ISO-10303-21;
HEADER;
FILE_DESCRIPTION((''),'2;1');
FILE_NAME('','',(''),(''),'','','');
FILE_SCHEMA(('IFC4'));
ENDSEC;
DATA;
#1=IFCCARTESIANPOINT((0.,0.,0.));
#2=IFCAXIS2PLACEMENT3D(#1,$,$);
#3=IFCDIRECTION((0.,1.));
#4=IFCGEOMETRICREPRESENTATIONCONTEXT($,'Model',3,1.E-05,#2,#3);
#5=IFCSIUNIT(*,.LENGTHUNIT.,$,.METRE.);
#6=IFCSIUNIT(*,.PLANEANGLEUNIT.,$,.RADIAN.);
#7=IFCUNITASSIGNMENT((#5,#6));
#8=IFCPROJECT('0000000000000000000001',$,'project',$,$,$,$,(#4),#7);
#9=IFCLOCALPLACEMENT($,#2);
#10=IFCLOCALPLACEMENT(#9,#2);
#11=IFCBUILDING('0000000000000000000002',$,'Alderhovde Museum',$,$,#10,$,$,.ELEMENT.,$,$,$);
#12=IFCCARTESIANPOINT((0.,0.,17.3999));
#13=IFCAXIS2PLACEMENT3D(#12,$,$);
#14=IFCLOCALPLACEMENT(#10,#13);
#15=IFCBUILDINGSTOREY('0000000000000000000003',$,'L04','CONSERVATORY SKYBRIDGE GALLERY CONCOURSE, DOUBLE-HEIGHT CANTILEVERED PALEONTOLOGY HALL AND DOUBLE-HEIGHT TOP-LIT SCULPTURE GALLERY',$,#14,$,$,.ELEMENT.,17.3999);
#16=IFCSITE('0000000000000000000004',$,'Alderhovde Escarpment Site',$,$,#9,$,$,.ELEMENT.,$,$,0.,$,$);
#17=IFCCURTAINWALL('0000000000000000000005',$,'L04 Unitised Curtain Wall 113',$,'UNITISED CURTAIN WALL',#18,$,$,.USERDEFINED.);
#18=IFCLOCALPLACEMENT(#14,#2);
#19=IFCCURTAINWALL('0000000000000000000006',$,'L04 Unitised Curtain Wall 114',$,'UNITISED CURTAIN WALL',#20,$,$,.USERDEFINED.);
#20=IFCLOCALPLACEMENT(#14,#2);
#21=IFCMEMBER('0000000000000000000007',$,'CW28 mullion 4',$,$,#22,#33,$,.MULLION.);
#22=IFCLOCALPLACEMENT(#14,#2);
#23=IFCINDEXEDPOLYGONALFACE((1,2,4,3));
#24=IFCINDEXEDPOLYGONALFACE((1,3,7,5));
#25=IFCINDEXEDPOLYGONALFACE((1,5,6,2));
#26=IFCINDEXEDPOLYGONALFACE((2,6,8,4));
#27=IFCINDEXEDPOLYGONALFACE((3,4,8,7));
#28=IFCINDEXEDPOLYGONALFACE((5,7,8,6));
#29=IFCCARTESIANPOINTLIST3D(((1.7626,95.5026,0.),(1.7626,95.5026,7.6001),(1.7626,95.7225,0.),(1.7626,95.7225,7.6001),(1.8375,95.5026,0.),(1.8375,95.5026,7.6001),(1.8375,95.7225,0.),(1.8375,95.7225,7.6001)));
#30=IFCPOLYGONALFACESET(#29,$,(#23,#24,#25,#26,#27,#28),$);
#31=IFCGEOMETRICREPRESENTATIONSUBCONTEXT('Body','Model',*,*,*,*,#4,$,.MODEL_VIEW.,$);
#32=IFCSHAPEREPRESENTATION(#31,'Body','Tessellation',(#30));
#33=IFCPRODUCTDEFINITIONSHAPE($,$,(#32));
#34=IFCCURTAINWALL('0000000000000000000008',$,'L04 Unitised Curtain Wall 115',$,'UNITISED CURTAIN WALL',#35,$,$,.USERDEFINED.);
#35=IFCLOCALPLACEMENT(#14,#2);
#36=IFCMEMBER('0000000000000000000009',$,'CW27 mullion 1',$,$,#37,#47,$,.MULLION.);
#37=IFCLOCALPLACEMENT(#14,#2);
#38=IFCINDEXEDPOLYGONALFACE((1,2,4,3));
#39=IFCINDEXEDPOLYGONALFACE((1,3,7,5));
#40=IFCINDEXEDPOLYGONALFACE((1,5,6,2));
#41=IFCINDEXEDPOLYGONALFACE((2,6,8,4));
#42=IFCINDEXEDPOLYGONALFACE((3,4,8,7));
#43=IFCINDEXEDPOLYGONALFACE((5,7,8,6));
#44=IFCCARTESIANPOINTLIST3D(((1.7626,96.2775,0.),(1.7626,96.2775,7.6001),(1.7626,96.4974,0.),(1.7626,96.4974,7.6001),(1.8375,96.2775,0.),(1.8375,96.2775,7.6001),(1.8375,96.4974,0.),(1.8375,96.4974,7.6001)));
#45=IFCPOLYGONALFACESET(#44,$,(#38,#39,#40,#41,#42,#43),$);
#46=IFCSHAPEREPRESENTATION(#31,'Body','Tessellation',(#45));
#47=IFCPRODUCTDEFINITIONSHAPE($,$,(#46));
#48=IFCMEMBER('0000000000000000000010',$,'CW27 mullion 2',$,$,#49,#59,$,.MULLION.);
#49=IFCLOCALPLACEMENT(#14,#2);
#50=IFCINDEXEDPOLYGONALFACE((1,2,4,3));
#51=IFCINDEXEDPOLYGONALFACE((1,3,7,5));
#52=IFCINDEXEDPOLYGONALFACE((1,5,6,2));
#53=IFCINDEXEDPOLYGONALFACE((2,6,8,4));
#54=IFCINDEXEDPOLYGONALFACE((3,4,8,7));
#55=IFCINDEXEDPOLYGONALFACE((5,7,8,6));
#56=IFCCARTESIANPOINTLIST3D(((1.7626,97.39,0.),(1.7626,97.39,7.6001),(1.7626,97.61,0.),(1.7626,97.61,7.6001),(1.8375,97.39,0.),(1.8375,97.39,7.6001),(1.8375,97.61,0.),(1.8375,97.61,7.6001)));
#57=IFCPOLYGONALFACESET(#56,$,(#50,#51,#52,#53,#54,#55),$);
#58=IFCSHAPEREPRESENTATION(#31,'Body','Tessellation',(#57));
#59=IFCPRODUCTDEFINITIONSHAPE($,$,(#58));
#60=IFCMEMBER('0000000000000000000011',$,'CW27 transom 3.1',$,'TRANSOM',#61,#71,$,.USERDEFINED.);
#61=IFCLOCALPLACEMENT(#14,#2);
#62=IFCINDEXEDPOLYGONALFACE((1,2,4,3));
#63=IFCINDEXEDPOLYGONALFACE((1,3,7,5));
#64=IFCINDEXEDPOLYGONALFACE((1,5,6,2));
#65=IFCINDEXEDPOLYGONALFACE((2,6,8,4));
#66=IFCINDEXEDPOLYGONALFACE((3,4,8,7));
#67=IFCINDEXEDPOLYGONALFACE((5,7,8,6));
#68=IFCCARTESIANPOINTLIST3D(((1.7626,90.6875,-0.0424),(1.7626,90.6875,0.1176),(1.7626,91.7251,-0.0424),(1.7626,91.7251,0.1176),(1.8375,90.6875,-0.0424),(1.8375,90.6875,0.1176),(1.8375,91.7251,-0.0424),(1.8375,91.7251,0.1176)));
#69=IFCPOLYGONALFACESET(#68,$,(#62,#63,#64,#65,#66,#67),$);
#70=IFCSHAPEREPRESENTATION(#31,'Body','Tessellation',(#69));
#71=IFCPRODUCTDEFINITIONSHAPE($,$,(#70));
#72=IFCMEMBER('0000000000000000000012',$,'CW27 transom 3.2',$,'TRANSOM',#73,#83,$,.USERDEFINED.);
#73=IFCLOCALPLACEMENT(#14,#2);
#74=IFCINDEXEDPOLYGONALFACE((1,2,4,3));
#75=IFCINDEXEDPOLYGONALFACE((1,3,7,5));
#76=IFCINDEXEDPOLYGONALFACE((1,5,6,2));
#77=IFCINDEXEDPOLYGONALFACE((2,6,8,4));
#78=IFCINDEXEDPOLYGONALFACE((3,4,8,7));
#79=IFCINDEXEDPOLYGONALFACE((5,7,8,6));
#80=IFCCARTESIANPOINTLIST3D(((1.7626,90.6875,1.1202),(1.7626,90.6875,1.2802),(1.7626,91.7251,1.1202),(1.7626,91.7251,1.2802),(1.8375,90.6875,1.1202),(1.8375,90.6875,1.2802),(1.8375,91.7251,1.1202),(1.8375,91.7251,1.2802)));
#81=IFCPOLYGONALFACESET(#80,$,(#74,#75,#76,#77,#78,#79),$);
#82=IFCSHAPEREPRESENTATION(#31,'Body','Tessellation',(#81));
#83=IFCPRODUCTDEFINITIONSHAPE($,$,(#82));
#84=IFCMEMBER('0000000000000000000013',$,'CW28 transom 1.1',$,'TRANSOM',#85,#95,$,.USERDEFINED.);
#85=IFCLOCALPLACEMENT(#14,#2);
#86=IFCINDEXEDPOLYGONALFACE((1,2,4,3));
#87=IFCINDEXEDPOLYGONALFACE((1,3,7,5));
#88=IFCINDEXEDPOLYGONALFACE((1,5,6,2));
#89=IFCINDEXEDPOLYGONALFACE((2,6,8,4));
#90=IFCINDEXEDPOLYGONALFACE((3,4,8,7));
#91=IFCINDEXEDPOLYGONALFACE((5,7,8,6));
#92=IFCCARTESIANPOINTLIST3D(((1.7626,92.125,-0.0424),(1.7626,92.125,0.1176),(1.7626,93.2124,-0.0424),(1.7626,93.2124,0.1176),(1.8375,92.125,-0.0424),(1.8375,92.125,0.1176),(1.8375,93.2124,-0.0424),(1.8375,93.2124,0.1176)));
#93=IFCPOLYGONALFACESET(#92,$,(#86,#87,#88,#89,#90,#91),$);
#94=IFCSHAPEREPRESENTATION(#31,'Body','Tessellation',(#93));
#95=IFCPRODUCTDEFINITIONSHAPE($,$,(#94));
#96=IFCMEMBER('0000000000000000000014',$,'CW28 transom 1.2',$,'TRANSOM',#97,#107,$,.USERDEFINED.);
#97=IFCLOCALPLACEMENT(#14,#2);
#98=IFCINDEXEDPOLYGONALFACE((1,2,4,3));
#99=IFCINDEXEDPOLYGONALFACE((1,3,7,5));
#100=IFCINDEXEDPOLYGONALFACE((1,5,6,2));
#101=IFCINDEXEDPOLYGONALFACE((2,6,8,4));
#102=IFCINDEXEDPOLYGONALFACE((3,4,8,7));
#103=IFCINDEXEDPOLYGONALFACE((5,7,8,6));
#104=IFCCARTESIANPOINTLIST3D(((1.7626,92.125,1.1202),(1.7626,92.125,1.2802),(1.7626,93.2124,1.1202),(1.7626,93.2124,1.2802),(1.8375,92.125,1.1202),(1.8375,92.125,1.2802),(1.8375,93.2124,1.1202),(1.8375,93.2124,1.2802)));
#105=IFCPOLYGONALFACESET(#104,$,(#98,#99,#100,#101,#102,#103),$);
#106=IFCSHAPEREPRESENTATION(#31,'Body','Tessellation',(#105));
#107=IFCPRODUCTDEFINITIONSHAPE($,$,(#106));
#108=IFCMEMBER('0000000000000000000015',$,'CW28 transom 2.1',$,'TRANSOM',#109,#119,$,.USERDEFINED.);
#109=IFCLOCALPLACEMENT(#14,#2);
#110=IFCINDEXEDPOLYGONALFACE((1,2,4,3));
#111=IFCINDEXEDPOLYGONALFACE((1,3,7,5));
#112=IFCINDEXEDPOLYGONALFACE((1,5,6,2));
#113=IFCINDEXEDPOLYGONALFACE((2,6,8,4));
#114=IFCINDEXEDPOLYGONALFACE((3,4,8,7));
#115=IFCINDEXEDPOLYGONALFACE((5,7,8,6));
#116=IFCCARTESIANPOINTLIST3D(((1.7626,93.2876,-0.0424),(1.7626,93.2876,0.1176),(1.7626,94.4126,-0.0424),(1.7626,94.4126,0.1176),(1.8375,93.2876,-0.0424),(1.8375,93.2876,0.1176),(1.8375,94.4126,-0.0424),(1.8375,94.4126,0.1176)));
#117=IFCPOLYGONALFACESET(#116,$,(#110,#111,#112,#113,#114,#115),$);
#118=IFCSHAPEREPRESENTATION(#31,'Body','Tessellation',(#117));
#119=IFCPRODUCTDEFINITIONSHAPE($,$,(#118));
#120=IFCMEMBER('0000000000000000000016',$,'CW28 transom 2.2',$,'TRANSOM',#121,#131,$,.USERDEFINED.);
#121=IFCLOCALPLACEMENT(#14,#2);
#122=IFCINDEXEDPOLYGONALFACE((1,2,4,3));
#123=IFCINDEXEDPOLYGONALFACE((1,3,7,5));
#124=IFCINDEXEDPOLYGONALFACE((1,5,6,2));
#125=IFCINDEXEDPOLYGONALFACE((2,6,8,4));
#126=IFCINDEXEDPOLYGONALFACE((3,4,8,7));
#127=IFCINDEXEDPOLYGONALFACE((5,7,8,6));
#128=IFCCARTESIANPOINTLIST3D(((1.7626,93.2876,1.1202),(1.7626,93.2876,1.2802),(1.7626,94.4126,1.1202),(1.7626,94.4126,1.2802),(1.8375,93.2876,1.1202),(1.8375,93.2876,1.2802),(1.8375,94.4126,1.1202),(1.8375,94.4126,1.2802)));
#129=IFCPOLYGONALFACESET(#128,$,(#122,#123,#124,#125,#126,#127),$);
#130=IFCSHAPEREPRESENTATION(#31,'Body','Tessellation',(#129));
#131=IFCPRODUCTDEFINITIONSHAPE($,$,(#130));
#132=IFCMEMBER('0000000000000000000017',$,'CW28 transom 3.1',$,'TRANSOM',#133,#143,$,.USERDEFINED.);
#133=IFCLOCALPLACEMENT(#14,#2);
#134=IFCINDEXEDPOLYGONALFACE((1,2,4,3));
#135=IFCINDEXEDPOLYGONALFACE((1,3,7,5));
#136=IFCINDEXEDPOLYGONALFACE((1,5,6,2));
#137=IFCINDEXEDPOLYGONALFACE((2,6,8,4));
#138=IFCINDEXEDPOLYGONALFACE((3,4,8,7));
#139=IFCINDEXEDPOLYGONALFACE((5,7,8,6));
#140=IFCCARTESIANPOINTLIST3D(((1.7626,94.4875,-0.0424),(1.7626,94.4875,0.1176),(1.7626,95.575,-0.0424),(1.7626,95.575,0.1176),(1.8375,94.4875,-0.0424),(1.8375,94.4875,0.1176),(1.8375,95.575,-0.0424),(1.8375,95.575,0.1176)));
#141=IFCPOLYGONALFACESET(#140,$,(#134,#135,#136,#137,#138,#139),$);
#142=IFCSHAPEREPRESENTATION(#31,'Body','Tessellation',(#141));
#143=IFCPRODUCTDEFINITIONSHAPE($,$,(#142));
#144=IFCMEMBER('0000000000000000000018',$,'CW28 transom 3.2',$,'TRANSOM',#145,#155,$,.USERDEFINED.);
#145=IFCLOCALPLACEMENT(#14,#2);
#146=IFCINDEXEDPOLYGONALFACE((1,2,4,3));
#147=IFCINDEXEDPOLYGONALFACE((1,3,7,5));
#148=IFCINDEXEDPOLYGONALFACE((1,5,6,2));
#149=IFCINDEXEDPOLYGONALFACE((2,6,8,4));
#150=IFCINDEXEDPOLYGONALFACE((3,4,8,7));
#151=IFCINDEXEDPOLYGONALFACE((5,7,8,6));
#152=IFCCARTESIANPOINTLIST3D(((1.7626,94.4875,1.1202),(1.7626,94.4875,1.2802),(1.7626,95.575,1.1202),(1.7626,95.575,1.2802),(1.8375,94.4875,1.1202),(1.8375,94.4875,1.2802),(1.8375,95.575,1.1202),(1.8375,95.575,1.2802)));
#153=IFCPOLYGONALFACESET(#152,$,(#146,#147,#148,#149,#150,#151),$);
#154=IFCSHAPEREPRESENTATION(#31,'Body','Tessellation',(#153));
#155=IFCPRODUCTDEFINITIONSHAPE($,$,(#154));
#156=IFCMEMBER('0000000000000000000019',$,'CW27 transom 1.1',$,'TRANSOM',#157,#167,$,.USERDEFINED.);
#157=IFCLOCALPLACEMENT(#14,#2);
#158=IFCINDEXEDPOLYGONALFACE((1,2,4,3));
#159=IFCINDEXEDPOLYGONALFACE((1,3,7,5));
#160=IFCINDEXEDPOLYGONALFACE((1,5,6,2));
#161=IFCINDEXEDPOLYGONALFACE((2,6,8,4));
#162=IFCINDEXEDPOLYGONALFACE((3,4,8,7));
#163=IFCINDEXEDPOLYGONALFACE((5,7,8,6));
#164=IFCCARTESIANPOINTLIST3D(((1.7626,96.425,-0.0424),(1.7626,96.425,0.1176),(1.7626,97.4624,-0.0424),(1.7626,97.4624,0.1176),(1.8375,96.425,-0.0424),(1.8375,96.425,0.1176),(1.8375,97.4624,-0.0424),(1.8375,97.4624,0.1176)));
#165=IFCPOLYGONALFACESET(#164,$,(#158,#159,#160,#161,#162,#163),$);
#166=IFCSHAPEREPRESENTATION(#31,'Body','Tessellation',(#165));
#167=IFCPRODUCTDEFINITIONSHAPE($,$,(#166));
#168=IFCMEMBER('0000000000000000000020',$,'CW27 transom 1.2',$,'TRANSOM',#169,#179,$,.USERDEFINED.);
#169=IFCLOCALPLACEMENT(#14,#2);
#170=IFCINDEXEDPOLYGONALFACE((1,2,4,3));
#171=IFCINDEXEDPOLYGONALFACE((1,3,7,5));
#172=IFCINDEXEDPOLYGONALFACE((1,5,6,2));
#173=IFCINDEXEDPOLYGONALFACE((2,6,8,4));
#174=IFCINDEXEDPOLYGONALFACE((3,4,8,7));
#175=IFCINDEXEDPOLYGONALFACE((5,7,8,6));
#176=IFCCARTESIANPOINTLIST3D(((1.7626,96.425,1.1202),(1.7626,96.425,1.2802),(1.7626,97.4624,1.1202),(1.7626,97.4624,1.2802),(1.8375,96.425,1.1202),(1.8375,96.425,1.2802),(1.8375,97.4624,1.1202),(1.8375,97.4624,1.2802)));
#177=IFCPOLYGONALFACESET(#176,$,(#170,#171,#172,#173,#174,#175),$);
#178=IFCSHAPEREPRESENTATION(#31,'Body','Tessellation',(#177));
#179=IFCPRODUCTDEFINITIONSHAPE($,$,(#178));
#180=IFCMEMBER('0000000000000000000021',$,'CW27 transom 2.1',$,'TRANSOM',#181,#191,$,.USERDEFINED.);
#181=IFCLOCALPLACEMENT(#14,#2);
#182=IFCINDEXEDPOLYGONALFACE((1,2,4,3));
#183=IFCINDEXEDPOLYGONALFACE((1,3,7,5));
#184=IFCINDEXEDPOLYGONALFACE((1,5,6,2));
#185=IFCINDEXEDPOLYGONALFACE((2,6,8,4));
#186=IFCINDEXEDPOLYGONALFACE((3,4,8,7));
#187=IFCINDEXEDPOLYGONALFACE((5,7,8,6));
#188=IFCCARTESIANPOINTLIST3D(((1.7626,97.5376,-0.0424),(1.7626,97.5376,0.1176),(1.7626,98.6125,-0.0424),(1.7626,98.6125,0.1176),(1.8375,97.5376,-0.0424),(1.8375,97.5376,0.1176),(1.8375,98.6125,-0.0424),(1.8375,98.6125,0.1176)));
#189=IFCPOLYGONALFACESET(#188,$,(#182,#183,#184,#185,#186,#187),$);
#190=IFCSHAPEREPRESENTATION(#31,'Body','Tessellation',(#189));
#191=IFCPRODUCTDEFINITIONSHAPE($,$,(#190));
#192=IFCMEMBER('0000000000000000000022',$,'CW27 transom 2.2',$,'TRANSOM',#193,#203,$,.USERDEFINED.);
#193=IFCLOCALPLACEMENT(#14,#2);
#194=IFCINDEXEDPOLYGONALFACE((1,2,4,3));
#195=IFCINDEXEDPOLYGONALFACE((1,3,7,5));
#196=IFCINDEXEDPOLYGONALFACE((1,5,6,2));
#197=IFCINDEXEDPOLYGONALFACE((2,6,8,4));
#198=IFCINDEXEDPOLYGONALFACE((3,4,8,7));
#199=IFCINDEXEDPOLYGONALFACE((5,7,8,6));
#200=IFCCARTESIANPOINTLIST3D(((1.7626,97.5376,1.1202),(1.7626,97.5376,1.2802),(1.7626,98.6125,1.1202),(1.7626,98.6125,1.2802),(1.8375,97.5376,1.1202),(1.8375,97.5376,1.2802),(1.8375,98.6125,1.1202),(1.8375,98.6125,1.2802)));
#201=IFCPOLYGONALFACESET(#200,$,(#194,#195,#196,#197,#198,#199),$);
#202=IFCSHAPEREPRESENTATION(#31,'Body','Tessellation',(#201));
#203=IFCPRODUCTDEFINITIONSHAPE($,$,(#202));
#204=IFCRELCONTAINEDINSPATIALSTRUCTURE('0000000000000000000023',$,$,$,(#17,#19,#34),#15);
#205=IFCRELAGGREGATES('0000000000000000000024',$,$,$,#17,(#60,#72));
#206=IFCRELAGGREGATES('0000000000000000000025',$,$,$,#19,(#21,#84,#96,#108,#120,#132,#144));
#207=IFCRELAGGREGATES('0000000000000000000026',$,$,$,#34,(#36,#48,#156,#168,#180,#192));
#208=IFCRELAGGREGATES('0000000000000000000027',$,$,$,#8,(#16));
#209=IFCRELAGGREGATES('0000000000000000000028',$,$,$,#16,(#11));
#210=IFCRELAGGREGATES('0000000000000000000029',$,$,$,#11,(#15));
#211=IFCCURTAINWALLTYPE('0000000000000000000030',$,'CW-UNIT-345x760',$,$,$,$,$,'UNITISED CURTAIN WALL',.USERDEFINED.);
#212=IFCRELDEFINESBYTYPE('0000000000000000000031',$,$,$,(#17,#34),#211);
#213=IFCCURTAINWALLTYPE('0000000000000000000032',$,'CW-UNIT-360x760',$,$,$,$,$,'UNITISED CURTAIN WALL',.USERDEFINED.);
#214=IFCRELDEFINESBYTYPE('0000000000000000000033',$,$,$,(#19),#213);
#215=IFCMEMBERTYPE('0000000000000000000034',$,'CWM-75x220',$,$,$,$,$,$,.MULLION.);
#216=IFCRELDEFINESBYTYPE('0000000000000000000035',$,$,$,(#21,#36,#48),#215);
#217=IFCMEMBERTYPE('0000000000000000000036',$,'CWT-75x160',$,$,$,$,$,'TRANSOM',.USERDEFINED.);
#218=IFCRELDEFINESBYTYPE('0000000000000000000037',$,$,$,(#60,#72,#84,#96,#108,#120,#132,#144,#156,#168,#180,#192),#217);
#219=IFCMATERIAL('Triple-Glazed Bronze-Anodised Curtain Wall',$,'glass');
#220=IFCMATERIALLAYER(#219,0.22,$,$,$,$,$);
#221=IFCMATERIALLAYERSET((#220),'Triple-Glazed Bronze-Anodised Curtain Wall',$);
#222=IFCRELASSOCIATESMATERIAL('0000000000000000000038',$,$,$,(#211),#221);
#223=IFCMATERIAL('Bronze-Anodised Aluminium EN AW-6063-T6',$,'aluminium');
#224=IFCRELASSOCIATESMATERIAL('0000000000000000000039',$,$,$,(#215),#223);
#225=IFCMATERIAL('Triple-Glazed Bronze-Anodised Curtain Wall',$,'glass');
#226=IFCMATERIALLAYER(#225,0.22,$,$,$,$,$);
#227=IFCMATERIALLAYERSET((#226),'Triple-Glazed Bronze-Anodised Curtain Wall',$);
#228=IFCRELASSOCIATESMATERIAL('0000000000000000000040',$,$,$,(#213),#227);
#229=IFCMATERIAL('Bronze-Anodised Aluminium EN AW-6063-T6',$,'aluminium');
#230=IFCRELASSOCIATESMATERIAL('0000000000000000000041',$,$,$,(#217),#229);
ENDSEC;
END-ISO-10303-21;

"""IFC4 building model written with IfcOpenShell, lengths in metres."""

from ifc_helpers import new_model, si_unit, direction, frame, origin, origin_2d, place, context, subcontext, project, spatial, rectangle, extrude, material, layer, layer_set, material_profile, profile_set, type_object, element, aggregate, save


model = new_model("IFC4")

# Units and contexts
model_context = context("Model", 3, precision=1e-05, world=origin(), true_north=direction((0.0, 1.0)))
body_context = subcontext(model_context, "Body", "Model", "MODEL_VIEW")
ifc_project = project(units=[si_unit("LENGTHUNIT", "METRE"), si_unit("PLANEANGLEUNIT", "RADIAN")], contexts=[model_context])

# Site, building, storey
site_placement = place(None, origin())
site = spatial("IfcSite", under=ifc_project, at=site_placement, Name="Alderhovde Escarpment Site", CompositionType="ELEMENT", RefElevation=0.0)
building_placement = place(site_placement, origin())
building = spatial("IfcBuilding", under=site, at=building_placement, Name="Alderhovde Museum", CompositionType="ELEMENT")
storey_placement = place(building_placement, frame((0.0, 0.0, 17.3999)))
storey = spatial("IfcBuildingStorey", under=building, at=storey_placement, Name="L04", Description="CONSERVATORY SKYBRIDGE GALLERY CONCOURSE, DOUBLE-HEIGHT CANTILEVERED PALEONTOLOGY HALL AND DOUBLE-HEIGHT TOP-LIT SCULPTURE GALLERY", CompositionType="ELEMENT", Elevation=17.3999)

# Curtain wall
ifc_material_1 = material(Name="Triple-Glazed Bronze-Anodised Curtain Wall", Category="glass")
ifc_layer_1 = layer(ifc_material_1, 0.22)
ifc_layer_set_1 = layer_set([ifc_layer_1], Name="Triple-Glazed Bronze-Anodised Curtain Wall")
curtain_wall_type_1 = type_object("IfcCurtainWallType", Name="CW-UNIT-345x760", ElementType="UNITISED CURTAIN WALL", PredefinedType="USERDEFINED", material=ifc_layer_set_1)
curtain_wall_1_placement = place(storey_placement, origin())
curtain_wall_1 = element("IfcCurtainWall", 1, at=curtain_wall_1_placement, inside=storey, type_object=curtain_wall_type_1, Name="L04 Unitised Curtain Wall 113", ObjectType="UNITISED CURTAIN WALL", PredefinedType="USERDEFINED")
ifc_material_2 = material(Name="Bronze-Anodised Aluminium EN AW-6063-T6", Category="aluminium")
ifc_material_profile_1 = material_profile(ifc_material_2, rectangle(XDim=0.075, YDim=0.22, at=origin_2d()), Name="MULLION 75x220")
ifc_profile_set_1 = profile_set([ifc_material_profile_1], Name="Bronze-Anodised Aluminium EN AW-6063-T6")
member_type_1 = type_object("IfcMemberType", Name="CWM-75x220", PredefinedType="MULLION", material=ifc_profile_set_1)

# Curtain walls, members
ifc_material_3 = material(Name="Triple-Glazed Bronze-Anodised Curtain Wall", Category="glass")
ifc_layer_2 = layer(ifc_material_3, 0.22)
ifc_layer_set_2 = layer_set([ifc_layer_2], Name="Triple-Glazed Bronze-Anodised Curtain Wall")
curtain_wall_type_2 = type_object("IfcCurtainWallType", Name="CW-UNIT-360x760", ElementType="UNITISED CURTAIN WALL", PredefinedType="USERDEFINED", material=ifc_layer_set_2)
curtain_wall_2_placement = place(storey_placement, origin())
curtain_wall_2 = element("IfcCurtainWall", 2, at=curtain_wall_2_placement, inside=storey, type_object=curtain_wall_type_2, Name="L04 Unitised Curtain Wall 114", ObjectType="UNITISED CURTAIN WALL", PredefinedType="USERDEFINED")
member_1_placement = place(storey_placement, frame((1.8, 95.6125, 0.0), z_axis=(0.0, 0.0, 1.0), x_axis=(-1.0, 0.0, 0.0)))
member_1 = element("IfcMember", 3, at=member_1_placement, type_object=member_type_1, Name="CW28 mullion 4", PredefinedType="MULLION", context=body_context, shape_type="SweptSolid", body=[
    extrude(rectangle(XDim=0.075, YDim=0.22, at=origin_2d()), origin(), (0.0, 0.0, 1.0), 7.6001),
])
curtain_wall_3_placement = place(storey_placement, origin())
curtain_wall_3 = element("IfcCurtainWall", 4, at=curtain_wall_3_placement, inside=storey, type_object=curtain_wall_type_1, Name="L04 Unitised Curtain Wall 115", ObjectType="UNITISED CURTAIN WALL", PredefinedType="USERDEFINED")
member_2_placement = place(storey_placement, frame((1.8, 96.3875, 0.0), z_axis=(0.0, 0.0, 1.0), x_axis=(-1.0, 0.0, 0.0)))
member_2 = element("IfcMember", 5, at=member_2_placement, type_object=member_type_1, Name="CW27 mullion 1", PredefinedType="MULLION", context=body_context, shape_type="SweptSolid", body=[
    extrude(rectangle(XDim=0.075, YDim=0.22, at=origin_2d()), origin(), (0.0, 0.0, 1.0), 7.6001),
])
member_3_placement = place(storey_placement, frame((1.8, 97.5, 0.0), z_axis=(0.0, 0.0, 1.0), x_axis=(-1.0, 0.0, 0.0)))
member_3 = element("IfcMember", 6, at=member_3_placement, type_object=member_type_1, Name="CW27 mullion 2", PredefinedType="MULLION", context=body_context, shape_type="SweptSolid", body=[
    extrude(rectangle(XDim=0.075, YDim=0.22, at=origin_2d()), origin(), (0.0, 0.0, 1.0), 7.6001),
])

# Members
ifc_material_4 = material(Name="Bronze-Anodised Aluminium EN AW-6063-T6", Category="aluminium")
ifc_material_profile_2 = material_profile(ifc_material_4, rectangle(XDim=0.075, YDim=0.1599, at=origin_2d()), Name="TRANSOM 75x160")
ifc_profile_set_2 = profile_set([ifc_material_profile_2], Name="Bronze-Anodised Aluminium EN AW-6063-T6")
member_type_2 = type_object("IfcMemberType", Name="CWT-75x160", ElementType="TRANSOM", PredefinedType="USERDEFINED", material=ifc_profile_set_2)
member_4_placement = place(storey_placement, frame((1.8, 90.6875, 0.0376), z_axis=(0.0, 1.0, 0.0), x_axis=(-1.0, 0.0, 0.0)))
member_4 = element("IfcMember", 7, at=member_4_placement, type_object=member_type_2, Name="CW27 transom 3.1", ObjectType="TRANSOM", PredefinedType="USERDEFINED", context=body_context, shape_type="SweptSolid", body=[
    extrude(rectangle(XDim=0.075, YDim=0.1599, at=origin_2d()), origin(), (0.0, 0.0, 1.0), 1.0376),
])
member_5_placement = place(storey_placement, frame((1.8, 90.6875, 1.2002), z_axis=(0.0, 1.0, 0.0), x_axis=(-1.0, 0.0, 0.0)))
member_5 = element("IfcMember", 8, at=member_5_placement, type_object=member_type_2, Name="CW27 transom 3.2", ObjectType="TRANSOM", PredefinedType="USERDEFINED", context=body_context, shape_type="SweptSolid", body=[
    extrude(rectangle(XDim=0.075, YDim=0.1599, at=origin_2d()), origin(), (0.0, 0.0, 1.0), 1.0376),
])
member_6_placement = place(storey_placement, frame((1.8, 92.125, 0.0376), z_axis=(0.0, 1.0, 0.0), x_axis=(-1.0, 0.0, 0.0)))
member_6 = element("IfcMember", 9, at=member_6_placement, type_object=member_type_2, Name="CW28 transom 1.1", ObjectType="TRANSOM", PredefinedType="USERDEFINED", context=body_context, shape_type="SweptSolid", body=[
    extrude(rectangle(XDim=0.075, YDim=0.1599, at=origin_2d()), origin(), (0.0, 0.0, 1.0), 1.0874),
])
member_7_placement = place(storey_placement, frame((1.8, 92.125, 1.2002), z_axis=(0.0, 1.0, 0.0), x_axis=(-1.0, 0.0, 0.0)))
member_7 = element("IfcMember", 10, at=member_7_placement, type_object=member_type_2, Name="CW28 transom 1.2", ObjectType="TRANSOM", PredefinedType="USERDEFINED", context=body_context, shape_type="SweptSolid", body=[
    extrude(rectangle(XDim=0.075, YDim=0.1599, at=origin_2d()), origin(), (0.0, 0.0, 1.0), 1.0874),
])
member_8_placement = place(storey_placement, frame((1.8, 93.2876, 0.0376), z_axis=(0.0, 1.0, 0.0), x_axis=(-1.0, 0.0, 0.0)))
member_8 = element("IfcMember", 11, at=member_8_placement, type_object=member_type_2, Name="CW28 transom 2.1", ObjectType="TRANSOM", PredefinedType="USERDEFINED", context=body_context, shape_type="SweptSolid", body=[
    extrude(rectangle(XDim=0.075, YDim=0.1599, at=origin_2d()), origin(), (0.0, 0.0, 1.0), 1.125),
])
member_9_placement = place(storey_placement, frame((1.8, 93.2876, 1.2002), z_axis=(0.0, 1.0, 0.0), x_axis=(-1.0, 0.0, 0.0)))
member_9 = element("IfcMember", 12, at=member_9_placement, type_object=member_type_2, Name="CW28 transom 2.2", ObjectType="TRANSOM", PredefinedType="USERDEFINED", context=body_context, shape_type="SweptSolid", body=[
    extrude(rectangle(XDim=0.075, YDim=0.1599, at=origin_2d()), origin(), (0.0, 0.0, 1.0), 1.125),
])
member_10_placement = place(storey_placement, frame((1.8, 94.4875, 0.0376), z_axis=(0.0, 1.0, 0.0), x_axis=(-1.0, 0.0, 0.0)))
member_10 = element("IfcMember", 13, at=member_10_placement, type_object=member_type_2, Name="CW28 transom 3.1", ObjectType="TRANSOM", PredefinedType="USERDEFINED", context=body_context, shape_type="SweptSolid", body=[
    extrude(rectangle(XDim=0.075, YDim=0.1599, at=origin_2d()), origin(), (0.0, 0.0, 1.0), 1.0874),
])
member_11_placement = place(storey_placement, frame((1.8, 94.4875, 1.2002), z_axis=(0.0, 1.0, 0.0), x_axis=(-1.0, 0.0, 0.0)))
member_11 = element("IfcMember", 14, at=member_11_placement, type_object=member_type_2, Name="CW28 transom 3.2", ObjectType="TRANSOM", PredefinedType="USERDEFINED", context=body_context, shape_type="SweptSolid", body=[
    extrude(rectangle(XDim=0.075, YDim=0.1599, at=origin_2d()), origin(), (0.0, 0.0, 1.0), 1.0874),
])
member_12_placement = place(storey_placement, frame((1.8, 96.425, 0.0376), z_axis=(0.0, 1.0, 0.0), x_axis=(-1.0, 0.0, 0.0)))
member_12 = element("IfcMember", 15, at=member_12_placement, type_object=member_type_2, Name="CW27 transom 1.1", ObjectType="TRANSOM", PredefinedType="USERDEFINED", context=body_context, shape_type="SweptSolid", body=[
    extrude(rectangle(XDim=0.075, YDim=0.1599, at=origin_2d()), origin(), (0.0, 0.0, 1.0), 1.0374),
])
member_13_placement = place(storey_placement, frame((1.8, 96.425, 1.2002), z_axis=(0.0, 1.0, 0.0), x_axis=(-1.0, 0.0, 0.0)))
member_13 = element("IfcMember", 16, at=member_13_placement, type_object=member_type_2, Name="CW27 transom 1.2", ObjectType="TRANSOM", PredefinedType="USERDEFINED", context=body_context, shape_type="SweptSolid", body=[
    extrude(rectangle(XDim=0.075, YDim=0.1599, at=origin_2d()), origin(), (0.0, 0.0, 1.0), 1.0374),
])
member_14_placement = place(storey_placement, frame((1.8, 97.5376, 0.0376), z_axis=(0.0, 1.0, 0.0), x_axis=(-1.0, 0.0, 0.0)))
member_14 = element("IfcMember", 17, at=member_14_placement, type_object=member_type_2, Name="CW27 transom 2.1", ObjectType="TRANSOM", PredefinedType="USERDEFINED", context=body_context, shape_type="SweptSolid", body=[
    extrude(rectangle(XDim=0.075, YDim=0.1599, at=origin_2d()), origin(), (0.0, 0.0, 1.0), 1.075),
])
member_15_placement = place(storey_placement, frame((1.8, 97.5376, 1.2002), z_axis=(0.0, 1.0, 0.0), x_axis=(-1.0, 0.0, 0.0)))
member_15 = element("IfcMember", 18, at=member_15_placement, type_object=member_type_2, Name="CW27 transom 2.2", ObjectType="TRANSOM", PredefinedType="USERDEFINED", context=body_context, shape_type="SweptSolid", body=[
    extrude(rectangle(XDim=0.075, YDim=0.1599, at=origin_2d()), origin(), (0.0, 0.0, 1.0), 1.075),
])

aggregate(curtain_wall_1, [member_4, member_5])
aggregate(curtain_wall_2, [member_1, member_6, member_7, member_8, member_9, member_10, member_11])
aggregate(curtain_wall_3, [member_2, member_3, member_12, member_13, member_14, member_15])

save(model, "model.ifc")
